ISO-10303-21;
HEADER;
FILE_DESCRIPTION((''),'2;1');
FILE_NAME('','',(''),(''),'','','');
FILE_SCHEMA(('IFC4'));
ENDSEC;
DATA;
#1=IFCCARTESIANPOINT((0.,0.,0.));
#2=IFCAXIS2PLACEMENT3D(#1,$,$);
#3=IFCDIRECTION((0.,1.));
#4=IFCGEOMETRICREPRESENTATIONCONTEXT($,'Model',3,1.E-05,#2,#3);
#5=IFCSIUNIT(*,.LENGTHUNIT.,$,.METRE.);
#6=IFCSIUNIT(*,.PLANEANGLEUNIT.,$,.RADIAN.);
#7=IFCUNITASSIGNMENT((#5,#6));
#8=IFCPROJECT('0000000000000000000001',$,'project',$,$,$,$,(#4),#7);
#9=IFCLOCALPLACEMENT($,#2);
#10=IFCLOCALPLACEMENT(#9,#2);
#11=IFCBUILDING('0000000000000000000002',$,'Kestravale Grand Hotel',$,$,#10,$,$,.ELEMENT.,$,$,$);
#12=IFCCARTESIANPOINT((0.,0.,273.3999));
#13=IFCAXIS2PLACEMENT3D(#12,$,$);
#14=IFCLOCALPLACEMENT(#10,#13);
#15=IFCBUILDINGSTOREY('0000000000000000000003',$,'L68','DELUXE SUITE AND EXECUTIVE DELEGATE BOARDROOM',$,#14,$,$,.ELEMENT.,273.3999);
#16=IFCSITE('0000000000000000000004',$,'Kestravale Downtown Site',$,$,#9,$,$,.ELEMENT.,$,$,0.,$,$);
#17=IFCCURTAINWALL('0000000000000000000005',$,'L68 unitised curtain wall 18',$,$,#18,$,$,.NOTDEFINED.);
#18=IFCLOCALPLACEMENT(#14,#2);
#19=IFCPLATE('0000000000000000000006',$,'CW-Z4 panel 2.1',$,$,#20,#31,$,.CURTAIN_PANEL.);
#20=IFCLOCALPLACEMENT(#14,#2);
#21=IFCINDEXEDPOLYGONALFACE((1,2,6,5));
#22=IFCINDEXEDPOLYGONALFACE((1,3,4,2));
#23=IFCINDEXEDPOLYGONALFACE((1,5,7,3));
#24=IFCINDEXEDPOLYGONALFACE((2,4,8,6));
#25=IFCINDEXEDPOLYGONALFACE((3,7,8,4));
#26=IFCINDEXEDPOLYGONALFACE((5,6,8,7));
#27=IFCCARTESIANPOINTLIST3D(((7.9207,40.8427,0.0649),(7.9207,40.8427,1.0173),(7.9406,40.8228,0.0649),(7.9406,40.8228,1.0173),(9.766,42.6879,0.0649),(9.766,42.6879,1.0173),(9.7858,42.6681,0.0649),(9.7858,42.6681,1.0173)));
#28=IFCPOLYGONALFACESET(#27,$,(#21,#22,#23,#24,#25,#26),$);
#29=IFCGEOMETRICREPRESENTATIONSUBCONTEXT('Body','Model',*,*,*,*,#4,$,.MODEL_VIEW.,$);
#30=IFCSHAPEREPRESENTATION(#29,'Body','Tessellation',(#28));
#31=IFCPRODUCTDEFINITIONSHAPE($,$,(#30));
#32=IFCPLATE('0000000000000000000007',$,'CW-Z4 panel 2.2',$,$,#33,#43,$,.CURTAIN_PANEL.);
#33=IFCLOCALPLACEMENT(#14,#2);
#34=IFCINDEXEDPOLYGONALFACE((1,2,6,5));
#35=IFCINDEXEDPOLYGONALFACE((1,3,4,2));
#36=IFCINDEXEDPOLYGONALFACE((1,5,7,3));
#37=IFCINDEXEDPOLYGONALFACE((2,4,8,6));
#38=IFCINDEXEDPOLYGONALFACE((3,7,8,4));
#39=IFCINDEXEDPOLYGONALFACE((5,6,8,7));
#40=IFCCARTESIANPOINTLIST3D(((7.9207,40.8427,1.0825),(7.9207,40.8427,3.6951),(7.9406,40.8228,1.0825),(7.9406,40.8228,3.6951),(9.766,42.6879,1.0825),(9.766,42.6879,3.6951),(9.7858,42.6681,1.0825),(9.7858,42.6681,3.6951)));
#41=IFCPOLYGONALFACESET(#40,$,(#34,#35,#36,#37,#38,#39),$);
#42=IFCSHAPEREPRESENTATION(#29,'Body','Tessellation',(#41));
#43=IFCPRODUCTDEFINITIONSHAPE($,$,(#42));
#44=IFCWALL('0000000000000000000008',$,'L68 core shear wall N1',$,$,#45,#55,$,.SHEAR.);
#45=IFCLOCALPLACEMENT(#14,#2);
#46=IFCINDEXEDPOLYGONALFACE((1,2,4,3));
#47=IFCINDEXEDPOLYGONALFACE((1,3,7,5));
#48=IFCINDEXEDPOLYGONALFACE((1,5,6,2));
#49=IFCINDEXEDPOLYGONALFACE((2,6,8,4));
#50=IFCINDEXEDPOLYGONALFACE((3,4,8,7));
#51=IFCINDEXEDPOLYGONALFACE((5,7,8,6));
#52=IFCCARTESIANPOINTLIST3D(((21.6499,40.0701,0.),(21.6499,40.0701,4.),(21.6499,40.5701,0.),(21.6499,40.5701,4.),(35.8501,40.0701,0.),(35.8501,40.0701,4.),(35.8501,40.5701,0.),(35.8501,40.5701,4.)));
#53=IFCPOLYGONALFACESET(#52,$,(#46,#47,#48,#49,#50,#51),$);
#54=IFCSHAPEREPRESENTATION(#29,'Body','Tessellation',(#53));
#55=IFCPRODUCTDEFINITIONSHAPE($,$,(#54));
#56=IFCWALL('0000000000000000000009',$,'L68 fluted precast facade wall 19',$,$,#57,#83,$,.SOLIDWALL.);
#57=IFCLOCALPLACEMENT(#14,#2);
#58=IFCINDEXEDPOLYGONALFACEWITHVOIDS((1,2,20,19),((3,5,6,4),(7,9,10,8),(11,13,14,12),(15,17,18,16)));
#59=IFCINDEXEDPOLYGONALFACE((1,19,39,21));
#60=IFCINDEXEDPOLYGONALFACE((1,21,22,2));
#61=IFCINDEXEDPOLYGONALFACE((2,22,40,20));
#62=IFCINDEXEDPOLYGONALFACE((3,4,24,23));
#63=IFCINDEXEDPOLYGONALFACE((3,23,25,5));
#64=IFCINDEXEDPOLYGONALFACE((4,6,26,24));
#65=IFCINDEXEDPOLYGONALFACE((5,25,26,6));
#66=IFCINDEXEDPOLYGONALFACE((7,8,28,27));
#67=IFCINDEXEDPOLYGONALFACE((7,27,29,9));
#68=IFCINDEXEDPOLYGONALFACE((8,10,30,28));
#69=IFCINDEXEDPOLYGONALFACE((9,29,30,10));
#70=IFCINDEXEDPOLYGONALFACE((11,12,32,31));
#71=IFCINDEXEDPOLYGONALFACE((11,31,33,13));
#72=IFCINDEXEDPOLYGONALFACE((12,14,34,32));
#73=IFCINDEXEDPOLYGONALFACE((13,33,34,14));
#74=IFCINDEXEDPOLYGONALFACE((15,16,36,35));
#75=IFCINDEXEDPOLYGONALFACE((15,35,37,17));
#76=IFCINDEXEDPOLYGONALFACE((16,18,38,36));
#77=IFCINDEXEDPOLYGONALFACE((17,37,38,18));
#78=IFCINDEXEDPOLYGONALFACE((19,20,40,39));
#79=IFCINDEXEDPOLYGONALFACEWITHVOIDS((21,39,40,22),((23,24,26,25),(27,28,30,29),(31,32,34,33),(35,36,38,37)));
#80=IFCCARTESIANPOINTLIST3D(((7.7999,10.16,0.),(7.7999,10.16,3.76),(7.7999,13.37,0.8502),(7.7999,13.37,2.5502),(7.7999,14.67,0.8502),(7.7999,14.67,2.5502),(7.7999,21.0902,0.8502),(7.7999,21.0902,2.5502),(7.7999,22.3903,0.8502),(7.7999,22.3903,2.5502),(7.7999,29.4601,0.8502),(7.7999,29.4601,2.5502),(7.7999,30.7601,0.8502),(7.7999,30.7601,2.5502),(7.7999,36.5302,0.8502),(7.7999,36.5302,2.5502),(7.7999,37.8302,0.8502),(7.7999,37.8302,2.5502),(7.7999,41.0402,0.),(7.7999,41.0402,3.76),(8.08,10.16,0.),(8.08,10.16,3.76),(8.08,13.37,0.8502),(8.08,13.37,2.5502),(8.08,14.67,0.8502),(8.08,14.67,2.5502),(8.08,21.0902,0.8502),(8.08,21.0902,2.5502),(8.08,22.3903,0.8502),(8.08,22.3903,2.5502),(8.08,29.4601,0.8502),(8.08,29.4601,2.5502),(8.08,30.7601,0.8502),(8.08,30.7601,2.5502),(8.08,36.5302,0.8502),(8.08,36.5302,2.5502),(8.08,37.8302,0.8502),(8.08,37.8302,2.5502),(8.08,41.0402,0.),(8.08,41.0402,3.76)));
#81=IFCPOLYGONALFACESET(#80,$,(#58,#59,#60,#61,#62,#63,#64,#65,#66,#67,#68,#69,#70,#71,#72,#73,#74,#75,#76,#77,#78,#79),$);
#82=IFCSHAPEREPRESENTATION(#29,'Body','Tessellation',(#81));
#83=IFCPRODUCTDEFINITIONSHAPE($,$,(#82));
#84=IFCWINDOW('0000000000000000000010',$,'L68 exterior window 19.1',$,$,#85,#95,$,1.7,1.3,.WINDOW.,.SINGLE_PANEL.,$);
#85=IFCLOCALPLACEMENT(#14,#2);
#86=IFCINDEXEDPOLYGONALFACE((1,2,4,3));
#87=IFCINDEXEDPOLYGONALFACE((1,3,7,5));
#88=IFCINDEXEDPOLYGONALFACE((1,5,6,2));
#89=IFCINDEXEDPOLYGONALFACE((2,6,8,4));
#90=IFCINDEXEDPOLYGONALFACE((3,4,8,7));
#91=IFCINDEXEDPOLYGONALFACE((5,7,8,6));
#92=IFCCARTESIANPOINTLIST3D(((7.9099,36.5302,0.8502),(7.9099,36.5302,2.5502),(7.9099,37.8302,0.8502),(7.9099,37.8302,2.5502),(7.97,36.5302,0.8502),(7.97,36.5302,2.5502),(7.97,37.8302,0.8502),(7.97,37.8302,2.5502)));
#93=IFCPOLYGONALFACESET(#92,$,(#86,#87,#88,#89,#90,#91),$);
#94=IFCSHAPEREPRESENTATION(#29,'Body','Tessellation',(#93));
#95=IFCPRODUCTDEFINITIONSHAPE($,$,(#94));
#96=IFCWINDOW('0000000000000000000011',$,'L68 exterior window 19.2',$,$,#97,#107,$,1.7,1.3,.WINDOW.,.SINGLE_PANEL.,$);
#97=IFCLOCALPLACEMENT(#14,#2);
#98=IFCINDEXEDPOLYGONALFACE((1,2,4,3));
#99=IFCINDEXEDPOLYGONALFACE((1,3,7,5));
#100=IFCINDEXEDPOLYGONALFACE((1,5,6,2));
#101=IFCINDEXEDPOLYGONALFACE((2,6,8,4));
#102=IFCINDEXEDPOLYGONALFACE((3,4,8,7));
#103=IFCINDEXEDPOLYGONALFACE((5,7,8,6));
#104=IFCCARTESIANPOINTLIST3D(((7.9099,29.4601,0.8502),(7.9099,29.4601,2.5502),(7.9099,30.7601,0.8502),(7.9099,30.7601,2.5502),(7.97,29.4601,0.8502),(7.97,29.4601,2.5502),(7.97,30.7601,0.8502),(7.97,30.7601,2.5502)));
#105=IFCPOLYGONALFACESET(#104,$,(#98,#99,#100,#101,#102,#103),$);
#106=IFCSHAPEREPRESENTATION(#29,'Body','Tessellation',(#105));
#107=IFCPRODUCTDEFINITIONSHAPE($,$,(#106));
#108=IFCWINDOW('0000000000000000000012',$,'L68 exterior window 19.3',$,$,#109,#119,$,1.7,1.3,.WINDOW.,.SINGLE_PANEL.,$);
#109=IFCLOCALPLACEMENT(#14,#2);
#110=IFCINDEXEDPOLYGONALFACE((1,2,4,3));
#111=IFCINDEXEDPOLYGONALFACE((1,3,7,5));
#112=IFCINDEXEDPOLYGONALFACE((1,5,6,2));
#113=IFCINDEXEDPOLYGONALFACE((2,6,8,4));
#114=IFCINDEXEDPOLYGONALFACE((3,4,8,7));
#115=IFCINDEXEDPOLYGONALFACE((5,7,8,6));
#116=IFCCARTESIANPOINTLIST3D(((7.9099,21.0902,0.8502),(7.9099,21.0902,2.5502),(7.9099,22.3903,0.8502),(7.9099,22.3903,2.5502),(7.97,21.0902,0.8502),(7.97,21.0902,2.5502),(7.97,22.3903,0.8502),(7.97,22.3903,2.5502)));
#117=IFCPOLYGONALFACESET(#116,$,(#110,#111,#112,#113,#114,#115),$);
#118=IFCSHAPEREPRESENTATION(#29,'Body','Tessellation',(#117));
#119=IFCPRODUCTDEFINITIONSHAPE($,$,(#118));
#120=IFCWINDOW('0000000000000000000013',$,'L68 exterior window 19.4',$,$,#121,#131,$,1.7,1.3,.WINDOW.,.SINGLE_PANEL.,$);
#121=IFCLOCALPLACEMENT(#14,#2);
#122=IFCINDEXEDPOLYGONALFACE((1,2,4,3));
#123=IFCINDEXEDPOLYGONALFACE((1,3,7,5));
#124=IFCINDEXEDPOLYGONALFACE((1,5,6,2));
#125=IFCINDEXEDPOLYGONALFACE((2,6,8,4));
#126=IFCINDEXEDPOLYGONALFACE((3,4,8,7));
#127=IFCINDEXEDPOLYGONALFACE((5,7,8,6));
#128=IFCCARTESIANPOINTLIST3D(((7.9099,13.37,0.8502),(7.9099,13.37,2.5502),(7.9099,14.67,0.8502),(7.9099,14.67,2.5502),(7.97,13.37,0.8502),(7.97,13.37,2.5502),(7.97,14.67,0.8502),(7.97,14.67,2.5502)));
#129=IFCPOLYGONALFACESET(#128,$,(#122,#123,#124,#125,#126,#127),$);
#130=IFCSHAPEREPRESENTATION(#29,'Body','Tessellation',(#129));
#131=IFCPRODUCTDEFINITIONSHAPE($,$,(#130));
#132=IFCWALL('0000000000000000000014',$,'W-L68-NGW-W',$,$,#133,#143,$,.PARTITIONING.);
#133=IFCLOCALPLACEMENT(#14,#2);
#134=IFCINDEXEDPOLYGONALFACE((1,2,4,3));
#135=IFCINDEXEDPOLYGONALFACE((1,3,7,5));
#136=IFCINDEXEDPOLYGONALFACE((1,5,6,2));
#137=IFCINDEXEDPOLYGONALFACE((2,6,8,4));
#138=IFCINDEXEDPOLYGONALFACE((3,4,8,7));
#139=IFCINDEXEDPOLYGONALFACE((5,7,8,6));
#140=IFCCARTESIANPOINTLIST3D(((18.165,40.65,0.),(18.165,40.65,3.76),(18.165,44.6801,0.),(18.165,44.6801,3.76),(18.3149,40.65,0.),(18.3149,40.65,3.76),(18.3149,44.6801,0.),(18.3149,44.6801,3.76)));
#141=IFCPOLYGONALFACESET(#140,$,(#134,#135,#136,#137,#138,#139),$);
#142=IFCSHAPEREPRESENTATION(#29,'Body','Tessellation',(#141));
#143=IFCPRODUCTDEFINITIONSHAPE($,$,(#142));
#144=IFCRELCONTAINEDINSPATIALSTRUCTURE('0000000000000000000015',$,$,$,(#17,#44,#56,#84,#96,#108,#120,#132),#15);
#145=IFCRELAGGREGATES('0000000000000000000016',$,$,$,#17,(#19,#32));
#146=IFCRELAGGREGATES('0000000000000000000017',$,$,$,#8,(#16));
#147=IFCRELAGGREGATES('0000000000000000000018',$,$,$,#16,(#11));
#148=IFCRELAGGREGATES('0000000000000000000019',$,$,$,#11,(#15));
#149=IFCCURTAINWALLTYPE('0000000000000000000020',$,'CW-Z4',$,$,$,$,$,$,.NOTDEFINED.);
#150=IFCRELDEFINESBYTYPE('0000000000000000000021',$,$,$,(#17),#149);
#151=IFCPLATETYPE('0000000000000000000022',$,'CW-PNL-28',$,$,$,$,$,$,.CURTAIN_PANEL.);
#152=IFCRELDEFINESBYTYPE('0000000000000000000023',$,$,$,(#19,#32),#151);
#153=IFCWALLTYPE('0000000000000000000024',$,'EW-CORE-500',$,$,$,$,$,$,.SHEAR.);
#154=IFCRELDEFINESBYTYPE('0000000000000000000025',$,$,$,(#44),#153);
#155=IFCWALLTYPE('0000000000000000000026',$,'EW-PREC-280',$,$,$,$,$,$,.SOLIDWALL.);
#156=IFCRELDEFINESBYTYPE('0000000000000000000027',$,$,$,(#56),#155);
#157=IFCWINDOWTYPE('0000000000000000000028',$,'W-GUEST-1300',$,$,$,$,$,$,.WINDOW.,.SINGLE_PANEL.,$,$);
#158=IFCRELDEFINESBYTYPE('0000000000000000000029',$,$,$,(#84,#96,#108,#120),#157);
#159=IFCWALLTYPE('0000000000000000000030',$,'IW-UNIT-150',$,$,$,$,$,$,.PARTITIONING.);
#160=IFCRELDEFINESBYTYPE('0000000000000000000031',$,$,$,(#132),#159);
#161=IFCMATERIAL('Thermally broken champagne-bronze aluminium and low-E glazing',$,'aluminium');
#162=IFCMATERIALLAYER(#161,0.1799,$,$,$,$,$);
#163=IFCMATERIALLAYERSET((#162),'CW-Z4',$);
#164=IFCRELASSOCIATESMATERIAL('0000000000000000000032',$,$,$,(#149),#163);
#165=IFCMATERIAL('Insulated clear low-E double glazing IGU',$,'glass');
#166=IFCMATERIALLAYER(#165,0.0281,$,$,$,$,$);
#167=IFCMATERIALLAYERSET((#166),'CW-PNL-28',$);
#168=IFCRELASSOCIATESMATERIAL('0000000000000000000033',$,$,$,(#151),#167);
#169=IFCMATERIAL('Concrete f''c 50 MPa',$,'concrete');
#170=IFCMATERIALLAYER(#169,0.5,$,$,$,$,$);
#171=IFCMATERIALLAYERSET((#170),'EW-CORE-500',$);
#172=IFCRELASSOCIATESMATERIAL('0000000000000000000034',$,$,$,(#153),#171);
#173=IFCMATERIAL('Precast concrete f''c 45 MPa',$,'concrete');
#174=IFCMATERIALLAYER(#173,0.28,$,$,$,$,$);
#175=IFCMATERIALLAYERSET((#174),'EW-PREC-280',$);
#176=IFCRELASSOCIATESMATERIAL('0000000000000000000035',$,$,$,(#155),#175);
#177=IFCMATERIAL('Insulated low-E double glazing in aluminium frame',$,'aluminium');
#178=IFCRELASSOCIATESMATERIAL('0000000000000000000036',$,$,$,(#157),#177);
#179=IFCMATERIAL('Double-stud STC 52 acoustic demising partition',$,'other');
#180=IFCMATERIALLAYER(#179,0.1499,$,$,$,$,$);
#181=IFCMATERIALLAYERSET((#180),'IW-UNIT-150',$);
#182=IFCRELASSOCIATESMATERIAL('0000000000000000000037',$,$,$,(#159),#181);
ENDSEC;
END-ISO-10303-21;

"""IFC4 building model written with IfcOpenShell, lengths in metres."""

from ifc_helpers import new_model, si_unit, direction, frame, frame_2d, origin, origin_2d, place, context, subcontext, project, spatial, rectangle, extrude, material, layer, layer_set, type_object, element, fill, aggregate, save


model = new_model("IFC4")

# Units and contexts
model_context = context("Model", 3, precision=1e-05, world=origin(), true_north=direction((0.0, 1.0)))
body_context = subcontext(model_context, "Body", "Model", "MODEL_VIEW")
ifc_project = project(units=[si_unit("LENGTHUNIT", "METRE"), si_unit("PLANEANGLEUNIT", "RADIAN")], contexts=[model_context])

# Site, building, storey
site_placement = place(None, origin())
site = spatial("IfcSite", under=ifc_project, at=site_placement, Name="Kestravale Downtown Site", CompositionType="ELEMENT", RefElevation=0.0)
building_placement = place(site_placement, origin())
building = spatial("IfcBuilding", under=site, at=building_placement, Name="Kestravale Grand Hotel", CompositionType="ELEMENT")
storey_placement = place(building_placement, frame((0.0, 0.0, 273.3999)))
storey = spatial("IfcBuildingStorey", under=building, at=storey_placement, Name="L68", Description="DELUXE SUITE AND EXECUTIVE DELEGATE BOARDROOM", CompositionType="ELEMENT", Elevation=273.3999)

# Curtain wall, plates
ifc_material_1 = material(Name="Thermally broken champagne-bronze aluminium and low-E glazing", Category="aluminium")
ifc_layer_1 = layer(ifc_material_1, 0.1799)
ifc_layer_set_1 = layer_set([ifc_layer_1], Name="CW-Z4")
curtain_wall_type = type_object("IfcCurtainWallType", Name="CW-Z4", PredefinedType="NOTDEFINED", material=ifc_layer_set_1)
curtain_wall_placement = place(storey_placement, origin())
curtain_wall = element("IfcCurtainWall", 1, at=curtain_wall_placement, inside=storey, type_object=curtain_wall_type, Name="L68 unitised curtain wall 18", PredefinedType="NOTDEFINED")
ifc_material_2 = material(Name="Insulated clear low-E double glazing IGU", Category="glass")
ifc_layer_2 = layer(ifc_material_2, 0.0281)
ifc_layer_set_2 = layer_set([ifc_layer_2], Name="CW-PNL-28")
plate_type = type_object("IfcPlateType", Name="CW-PNL-28", PredefinedType="CURTAIN_PANEL", material=ifc_layer_set_2)
plate_1_placement = place(storey_placement, frame((8.8533, 41.7554, 0.0649), z_axis=(0.0, 0.0, 1.0), x_axis=(-0.707107, -0.707107, 0.0)))
plate_1 = element("IfcPlate", 2, at=plate_1_placement, type_object=plate_type, Name="CW-Z4 panel 2.1", PredefinedType="CURTAIN_PANEL", context=body_context, shape_type="SweptSolid", body=[
    extrude(rectangle(XDim=2.6096, YDim=0.0281, at=origin_2d()), origin(), (0.0, 0.0, 1.0), 0.9524),
])
plate_2_placement = place(storey_placement, frame((8.8533, 41.7554, 1.0825), z_axis=(0.0, 0.0, 1.0), x_axis=(-0.707107, -0.707107, 0.0)))
plate_2 = element("IfcPlate", 3, at=plate_2_placement, type_object=plate_type, Name="CW-Z4 panel 2.2", PredefinedType="CURTAIN_PANEL", context=body_context, shape_type="SweptSolid", body=[
    extrude(rectangle(XDim=2.6096, YDim=0.0281, at=origin_2d()), origin(), (0.0, 0.0, 1.0), 2.6125),
])
aggregate(curtain_wall, [plate_1, plate_2])

# Wall
ifc_material_3 = material(Name="Concrete f'c 50 MPa", Category="concrete")
ifc_layer_3 = layer(ifc_material_3, 0.5)
ifc_layer_set_3 = layer_set([ifc_layer_3], Name="EW-CORE-500")
wall_type_1 = type_object("IfcWallType", Name="EW-CORE-500", PredefinedType="SHEAR", material=ifc_layer_set_3)
wall_1_placement = place(storey_placement, frame((21.6499, 40.3201, 0.0), z_axis=(0.0, 0.0, 1.0), x_axis=(1.0, 0.0, 0.0)))
element("IfcWall", 4, at=wall_1_placement, inside=storey, type_object=wall_type_1, Name="L68 core shear wall N1", PredefinedType="SHEAR", context=body_context, shape_type="SweptSolid", body=[
    extrude(rectangle(XDim=14.2002, YDim=0.5, at=frame_2d((7.1001, 0.0))), origin(), (0.0, 0.0, 1.0), 4.0),
])

# Wall, openings, windows
ifc_material_4 = material(Name="Precast concrete f'c 45 MPa", Category="concrete")
ifc_layer_4 = layer(ifc_material_4, 0.28)
ifc_layer_set_4 = layer_set([ifc_layer_4], Name="EW-PREC-280")
wall_type_2 = type_object("IfcWallType", Name="EW-PREC-280", PredefinedType="SOLIDWALL", material=ifc_layer_set_4)
wall_2_placement = place(storey_placement, frame((7.9399, 41.04, 0.0), z_axis=(0.0, 0.0, 1.0), x_axis=(0.0, -1.0, 0.0)))
wall_2 = element("IfcWall", 5, at=wall_2_placement, inside=storey, type_object=wall_type_2, Name="L68 fluted precast facade wall 19", PredefinedType="SOLIDWALL", context=body_context, shape_type="SweptSolid", body=[
    extrude(rectangle(XDim=30.8801, YDim=0.28, at=frame_2d((15.4399, 0.0))), origin(), (0.0, 0.0, 1.0), 3.76),
])
opening_1_placement = place(wall_2_placement, frame((3.21, 0.0, 0.8501)))
opening_1 = element("IfcOpeningElement", 6, at=opening_1_placement, cuts=wall_2, PredefinedType="OPENING", context=body_context, shape_type="SweptSolid", body=[
    extrude(rectangle(XDim=1.3, YDim=1.7, at=frame_2d((0.6499, 0.8501))), frame((0.0, 0.1499, 0.0), z_axis=(0.0, -1.0, 0.0), x_axis=(1.0, 0.0, 0.0)), (0.0, 0.0, 1.0), 0.3),
])
opening_2_placement = place(wall_2_placement, frame((10.28, 0.0, 0.8501)))
opening_2 = element("IfcOpeningElement", 7, at=opening_2_placement, cuts=wall_2, PredefinedType="OPENING", context=body_context, shape_type="SweptSolid", body=[
    extrude(rectangle(XDim=1.3, YDim=1.7, at=frame_2d((0.6499, 0.8501))), frame((0.0, 0.1499, 0.0), z_axis=(0.0, -1.0, 0.0), x_axis=(1.0, 0.0, 0.0)), (0.0, 0.0, 1.0), 0.3),
])
opening_3_placement = place(wall_2_placement, frame((18.6499, 0.0, 0.8501)))
opening_3 = element("IfcOpeningElement", 8, at=opening_3_placement, cuts=wall_2, PredefinedType="OPENING", context=body_context, shape_type="SweptSolid", body=[
    extrude(rectangle(XDim=1.3, YDim=1.7, at=frame_2d((0.6499, 0.8501))), frame((0.0, 0.1499, 0.0), z_axis=(0.0, -1.0, 0.0), x_axis=(1.0, 0.0, 0.0)), (0.0, 0.0, 1.0), 0.3),
])
opening_4_placement = place(wall_2_placement, frame((26.3701, 0.0, 0.8501)))
opening_4 = element("IfcOpeningElement", 9, at=opening_4_placement, cuts=wall_2, PredefinedType="OPENING", context=body_context, shape_type="SweptSolid", body=[
    extrude(rectangle(XDim=1.3, YDim=1.7, at=frame_2d((0.6499, 0.8501))), frame((0.0, 0.1499, 0.0), z_axis=(0.0, -1.0, 0.0), x_axis=(1.0, 0.0, 0.0)), (0.0, 0.0, 1.0), 0.3),
])
ifc_material_5 = material(Name="Insulated low-E double glazing in aluminium frame", Category="aluminium")
window_type = type_object("IfcWindowType", Name="W-GUEST-1300", PartitioningType="SINGLE_PANEL", PredefinedType="WINDOW", material=ifc_material_5)
window_1_placement = place(opening_1_placement, origin())
window_1 = element("IfcWindow", 10, at=window_1_placement, inside=storey, type_object=window_type, Name="L68 exterior window 19.1", OverallHeight=1.7, OverallWidth=1.3, PartitioningType="SINGLE_PANEL", PredefinedType="WINDOW", context=body_context, shape_type="SweptSolid", body=[
    extrude(rectangle(XDim=1.3, YDim=1.7, at=frame_2d((0.6499, 0.8501))), frame((0.0, 0.03, 0.0), z_axis=(0.0, -1.0, 0.0), x_axis=(1.0, 0.0, 0.0)), (0.0, 0.0, 1.0), 0.0601),
])
fill(opening_1, window_1)
window_2_placement = place(opening_2_placement, origin())
window_2 = element("IfcWindow", 11, at=window_2_placement, inside=storey, type_object=window_type, Name="L68 exterior window 19.2", OverallHeight=1.7, OverallWidth=1.3, PartitioningType="SINGLE_PANEL", PredefinedType="WINDOW", context=body_context, shape_type="SweptSolid", body=[
    extrude(rectangle(XDim=1.3, YDim=1.7, at=frame_2d((0.6499, 0.8501))), frame((0.0, 0.03, 0.0), z_axis=(0.0, -1.0, 0.0), x_axis=(1.0, 0.0, 0.0)), (0.0, 0.0, 1.0), 0.0601),
])
fill(opening_2, window_2)
window_3_placement = place(opening_3_placement, origin())
window_3 = element("IfcWindow", 12, at=window_3_placement, inside=storey, type_object=window_type, Name="L68 exterior window 19.3", OverallHeight=1.7, OverallWidth=1.3, PartitioningType="SINGLE_PANEL", PredefinedType="WINDOW", context=body_context, shape_type="SweptSolid", body=[
    extrude(rectangle(XDim=1.3, YDim=1.7, at=frame_2d((0.6499, 0.8501))), frame((0.0, 0.03, 0.0), z_axis=(0.0, -1.0, 0.0), x_axis=(1.0, 0.0, 0.0)), (0.0, 0.0, 1.0), 0.0601),
])
fill(opening_3, window_3)
window_4_placement = place(opening_4_placement, origin())
window_4 = element("IfcWindow", 13, at=window_4_placement, inside=storey, type_object=window_type, Name="L68 exterior window 19.4", OverallHeight=1.7, OverallWidth=1.3, PartitioningType="SINGLE_PANEL", PredefinedType="WINDOW", context=body_context, shape_type="SweptSolid", body=[
    extrude(rectangle(XDim=1.3, YDim=1.7, at=frame_2d((0.6499, 0.8501))), frame((0.0, 0.03, 0.0), z_axis=(0.0, -1.0, 0.0), x_axis=(1.0, 0.0, 0.0)), (0.0, 0.0, 1.0), 0.0601),
])
fill(opening_4, window_4)

# Shared definitions
ifc_material_6 = material(Name="Double-stud STC 52 acoustic demising partition", Category="other")
ifc_layer_5 = layer(ifc_material_6, 0.1499)
ifc_layer_set_5 = layer_set([ifc_layer_5], Name="IW-UNIT-150")
wall_type_3 = type_object("IfcWallType", Name="IW-UNIT-150", PredefinedType="PARTITIONING", material=ifc_layer_set_5)

# Wall
wall_3_placement = place(storey_placement, frame((18.24, 40.6499, 0.0), z_axis=(0.0, 0.0, 1.0), x_axis=(0.0, 1.0, 0.0)))
element("IfcWall", 14, at=wall_3_placement, inside=storey, type_object=wall_type_3, Name="W-L68-NGW-W", PredefinedType="PARTITIONING", context=body_context, shape_type="SweptSolid", body=[
    extrude(rectangle(XDim=4.03, YDim=0.1499, at=frame_2d((2.0151, 0.0))), origin(), (0.0, 0.0, 1.0), 3.76),
])

save(model, "model.ifc")
